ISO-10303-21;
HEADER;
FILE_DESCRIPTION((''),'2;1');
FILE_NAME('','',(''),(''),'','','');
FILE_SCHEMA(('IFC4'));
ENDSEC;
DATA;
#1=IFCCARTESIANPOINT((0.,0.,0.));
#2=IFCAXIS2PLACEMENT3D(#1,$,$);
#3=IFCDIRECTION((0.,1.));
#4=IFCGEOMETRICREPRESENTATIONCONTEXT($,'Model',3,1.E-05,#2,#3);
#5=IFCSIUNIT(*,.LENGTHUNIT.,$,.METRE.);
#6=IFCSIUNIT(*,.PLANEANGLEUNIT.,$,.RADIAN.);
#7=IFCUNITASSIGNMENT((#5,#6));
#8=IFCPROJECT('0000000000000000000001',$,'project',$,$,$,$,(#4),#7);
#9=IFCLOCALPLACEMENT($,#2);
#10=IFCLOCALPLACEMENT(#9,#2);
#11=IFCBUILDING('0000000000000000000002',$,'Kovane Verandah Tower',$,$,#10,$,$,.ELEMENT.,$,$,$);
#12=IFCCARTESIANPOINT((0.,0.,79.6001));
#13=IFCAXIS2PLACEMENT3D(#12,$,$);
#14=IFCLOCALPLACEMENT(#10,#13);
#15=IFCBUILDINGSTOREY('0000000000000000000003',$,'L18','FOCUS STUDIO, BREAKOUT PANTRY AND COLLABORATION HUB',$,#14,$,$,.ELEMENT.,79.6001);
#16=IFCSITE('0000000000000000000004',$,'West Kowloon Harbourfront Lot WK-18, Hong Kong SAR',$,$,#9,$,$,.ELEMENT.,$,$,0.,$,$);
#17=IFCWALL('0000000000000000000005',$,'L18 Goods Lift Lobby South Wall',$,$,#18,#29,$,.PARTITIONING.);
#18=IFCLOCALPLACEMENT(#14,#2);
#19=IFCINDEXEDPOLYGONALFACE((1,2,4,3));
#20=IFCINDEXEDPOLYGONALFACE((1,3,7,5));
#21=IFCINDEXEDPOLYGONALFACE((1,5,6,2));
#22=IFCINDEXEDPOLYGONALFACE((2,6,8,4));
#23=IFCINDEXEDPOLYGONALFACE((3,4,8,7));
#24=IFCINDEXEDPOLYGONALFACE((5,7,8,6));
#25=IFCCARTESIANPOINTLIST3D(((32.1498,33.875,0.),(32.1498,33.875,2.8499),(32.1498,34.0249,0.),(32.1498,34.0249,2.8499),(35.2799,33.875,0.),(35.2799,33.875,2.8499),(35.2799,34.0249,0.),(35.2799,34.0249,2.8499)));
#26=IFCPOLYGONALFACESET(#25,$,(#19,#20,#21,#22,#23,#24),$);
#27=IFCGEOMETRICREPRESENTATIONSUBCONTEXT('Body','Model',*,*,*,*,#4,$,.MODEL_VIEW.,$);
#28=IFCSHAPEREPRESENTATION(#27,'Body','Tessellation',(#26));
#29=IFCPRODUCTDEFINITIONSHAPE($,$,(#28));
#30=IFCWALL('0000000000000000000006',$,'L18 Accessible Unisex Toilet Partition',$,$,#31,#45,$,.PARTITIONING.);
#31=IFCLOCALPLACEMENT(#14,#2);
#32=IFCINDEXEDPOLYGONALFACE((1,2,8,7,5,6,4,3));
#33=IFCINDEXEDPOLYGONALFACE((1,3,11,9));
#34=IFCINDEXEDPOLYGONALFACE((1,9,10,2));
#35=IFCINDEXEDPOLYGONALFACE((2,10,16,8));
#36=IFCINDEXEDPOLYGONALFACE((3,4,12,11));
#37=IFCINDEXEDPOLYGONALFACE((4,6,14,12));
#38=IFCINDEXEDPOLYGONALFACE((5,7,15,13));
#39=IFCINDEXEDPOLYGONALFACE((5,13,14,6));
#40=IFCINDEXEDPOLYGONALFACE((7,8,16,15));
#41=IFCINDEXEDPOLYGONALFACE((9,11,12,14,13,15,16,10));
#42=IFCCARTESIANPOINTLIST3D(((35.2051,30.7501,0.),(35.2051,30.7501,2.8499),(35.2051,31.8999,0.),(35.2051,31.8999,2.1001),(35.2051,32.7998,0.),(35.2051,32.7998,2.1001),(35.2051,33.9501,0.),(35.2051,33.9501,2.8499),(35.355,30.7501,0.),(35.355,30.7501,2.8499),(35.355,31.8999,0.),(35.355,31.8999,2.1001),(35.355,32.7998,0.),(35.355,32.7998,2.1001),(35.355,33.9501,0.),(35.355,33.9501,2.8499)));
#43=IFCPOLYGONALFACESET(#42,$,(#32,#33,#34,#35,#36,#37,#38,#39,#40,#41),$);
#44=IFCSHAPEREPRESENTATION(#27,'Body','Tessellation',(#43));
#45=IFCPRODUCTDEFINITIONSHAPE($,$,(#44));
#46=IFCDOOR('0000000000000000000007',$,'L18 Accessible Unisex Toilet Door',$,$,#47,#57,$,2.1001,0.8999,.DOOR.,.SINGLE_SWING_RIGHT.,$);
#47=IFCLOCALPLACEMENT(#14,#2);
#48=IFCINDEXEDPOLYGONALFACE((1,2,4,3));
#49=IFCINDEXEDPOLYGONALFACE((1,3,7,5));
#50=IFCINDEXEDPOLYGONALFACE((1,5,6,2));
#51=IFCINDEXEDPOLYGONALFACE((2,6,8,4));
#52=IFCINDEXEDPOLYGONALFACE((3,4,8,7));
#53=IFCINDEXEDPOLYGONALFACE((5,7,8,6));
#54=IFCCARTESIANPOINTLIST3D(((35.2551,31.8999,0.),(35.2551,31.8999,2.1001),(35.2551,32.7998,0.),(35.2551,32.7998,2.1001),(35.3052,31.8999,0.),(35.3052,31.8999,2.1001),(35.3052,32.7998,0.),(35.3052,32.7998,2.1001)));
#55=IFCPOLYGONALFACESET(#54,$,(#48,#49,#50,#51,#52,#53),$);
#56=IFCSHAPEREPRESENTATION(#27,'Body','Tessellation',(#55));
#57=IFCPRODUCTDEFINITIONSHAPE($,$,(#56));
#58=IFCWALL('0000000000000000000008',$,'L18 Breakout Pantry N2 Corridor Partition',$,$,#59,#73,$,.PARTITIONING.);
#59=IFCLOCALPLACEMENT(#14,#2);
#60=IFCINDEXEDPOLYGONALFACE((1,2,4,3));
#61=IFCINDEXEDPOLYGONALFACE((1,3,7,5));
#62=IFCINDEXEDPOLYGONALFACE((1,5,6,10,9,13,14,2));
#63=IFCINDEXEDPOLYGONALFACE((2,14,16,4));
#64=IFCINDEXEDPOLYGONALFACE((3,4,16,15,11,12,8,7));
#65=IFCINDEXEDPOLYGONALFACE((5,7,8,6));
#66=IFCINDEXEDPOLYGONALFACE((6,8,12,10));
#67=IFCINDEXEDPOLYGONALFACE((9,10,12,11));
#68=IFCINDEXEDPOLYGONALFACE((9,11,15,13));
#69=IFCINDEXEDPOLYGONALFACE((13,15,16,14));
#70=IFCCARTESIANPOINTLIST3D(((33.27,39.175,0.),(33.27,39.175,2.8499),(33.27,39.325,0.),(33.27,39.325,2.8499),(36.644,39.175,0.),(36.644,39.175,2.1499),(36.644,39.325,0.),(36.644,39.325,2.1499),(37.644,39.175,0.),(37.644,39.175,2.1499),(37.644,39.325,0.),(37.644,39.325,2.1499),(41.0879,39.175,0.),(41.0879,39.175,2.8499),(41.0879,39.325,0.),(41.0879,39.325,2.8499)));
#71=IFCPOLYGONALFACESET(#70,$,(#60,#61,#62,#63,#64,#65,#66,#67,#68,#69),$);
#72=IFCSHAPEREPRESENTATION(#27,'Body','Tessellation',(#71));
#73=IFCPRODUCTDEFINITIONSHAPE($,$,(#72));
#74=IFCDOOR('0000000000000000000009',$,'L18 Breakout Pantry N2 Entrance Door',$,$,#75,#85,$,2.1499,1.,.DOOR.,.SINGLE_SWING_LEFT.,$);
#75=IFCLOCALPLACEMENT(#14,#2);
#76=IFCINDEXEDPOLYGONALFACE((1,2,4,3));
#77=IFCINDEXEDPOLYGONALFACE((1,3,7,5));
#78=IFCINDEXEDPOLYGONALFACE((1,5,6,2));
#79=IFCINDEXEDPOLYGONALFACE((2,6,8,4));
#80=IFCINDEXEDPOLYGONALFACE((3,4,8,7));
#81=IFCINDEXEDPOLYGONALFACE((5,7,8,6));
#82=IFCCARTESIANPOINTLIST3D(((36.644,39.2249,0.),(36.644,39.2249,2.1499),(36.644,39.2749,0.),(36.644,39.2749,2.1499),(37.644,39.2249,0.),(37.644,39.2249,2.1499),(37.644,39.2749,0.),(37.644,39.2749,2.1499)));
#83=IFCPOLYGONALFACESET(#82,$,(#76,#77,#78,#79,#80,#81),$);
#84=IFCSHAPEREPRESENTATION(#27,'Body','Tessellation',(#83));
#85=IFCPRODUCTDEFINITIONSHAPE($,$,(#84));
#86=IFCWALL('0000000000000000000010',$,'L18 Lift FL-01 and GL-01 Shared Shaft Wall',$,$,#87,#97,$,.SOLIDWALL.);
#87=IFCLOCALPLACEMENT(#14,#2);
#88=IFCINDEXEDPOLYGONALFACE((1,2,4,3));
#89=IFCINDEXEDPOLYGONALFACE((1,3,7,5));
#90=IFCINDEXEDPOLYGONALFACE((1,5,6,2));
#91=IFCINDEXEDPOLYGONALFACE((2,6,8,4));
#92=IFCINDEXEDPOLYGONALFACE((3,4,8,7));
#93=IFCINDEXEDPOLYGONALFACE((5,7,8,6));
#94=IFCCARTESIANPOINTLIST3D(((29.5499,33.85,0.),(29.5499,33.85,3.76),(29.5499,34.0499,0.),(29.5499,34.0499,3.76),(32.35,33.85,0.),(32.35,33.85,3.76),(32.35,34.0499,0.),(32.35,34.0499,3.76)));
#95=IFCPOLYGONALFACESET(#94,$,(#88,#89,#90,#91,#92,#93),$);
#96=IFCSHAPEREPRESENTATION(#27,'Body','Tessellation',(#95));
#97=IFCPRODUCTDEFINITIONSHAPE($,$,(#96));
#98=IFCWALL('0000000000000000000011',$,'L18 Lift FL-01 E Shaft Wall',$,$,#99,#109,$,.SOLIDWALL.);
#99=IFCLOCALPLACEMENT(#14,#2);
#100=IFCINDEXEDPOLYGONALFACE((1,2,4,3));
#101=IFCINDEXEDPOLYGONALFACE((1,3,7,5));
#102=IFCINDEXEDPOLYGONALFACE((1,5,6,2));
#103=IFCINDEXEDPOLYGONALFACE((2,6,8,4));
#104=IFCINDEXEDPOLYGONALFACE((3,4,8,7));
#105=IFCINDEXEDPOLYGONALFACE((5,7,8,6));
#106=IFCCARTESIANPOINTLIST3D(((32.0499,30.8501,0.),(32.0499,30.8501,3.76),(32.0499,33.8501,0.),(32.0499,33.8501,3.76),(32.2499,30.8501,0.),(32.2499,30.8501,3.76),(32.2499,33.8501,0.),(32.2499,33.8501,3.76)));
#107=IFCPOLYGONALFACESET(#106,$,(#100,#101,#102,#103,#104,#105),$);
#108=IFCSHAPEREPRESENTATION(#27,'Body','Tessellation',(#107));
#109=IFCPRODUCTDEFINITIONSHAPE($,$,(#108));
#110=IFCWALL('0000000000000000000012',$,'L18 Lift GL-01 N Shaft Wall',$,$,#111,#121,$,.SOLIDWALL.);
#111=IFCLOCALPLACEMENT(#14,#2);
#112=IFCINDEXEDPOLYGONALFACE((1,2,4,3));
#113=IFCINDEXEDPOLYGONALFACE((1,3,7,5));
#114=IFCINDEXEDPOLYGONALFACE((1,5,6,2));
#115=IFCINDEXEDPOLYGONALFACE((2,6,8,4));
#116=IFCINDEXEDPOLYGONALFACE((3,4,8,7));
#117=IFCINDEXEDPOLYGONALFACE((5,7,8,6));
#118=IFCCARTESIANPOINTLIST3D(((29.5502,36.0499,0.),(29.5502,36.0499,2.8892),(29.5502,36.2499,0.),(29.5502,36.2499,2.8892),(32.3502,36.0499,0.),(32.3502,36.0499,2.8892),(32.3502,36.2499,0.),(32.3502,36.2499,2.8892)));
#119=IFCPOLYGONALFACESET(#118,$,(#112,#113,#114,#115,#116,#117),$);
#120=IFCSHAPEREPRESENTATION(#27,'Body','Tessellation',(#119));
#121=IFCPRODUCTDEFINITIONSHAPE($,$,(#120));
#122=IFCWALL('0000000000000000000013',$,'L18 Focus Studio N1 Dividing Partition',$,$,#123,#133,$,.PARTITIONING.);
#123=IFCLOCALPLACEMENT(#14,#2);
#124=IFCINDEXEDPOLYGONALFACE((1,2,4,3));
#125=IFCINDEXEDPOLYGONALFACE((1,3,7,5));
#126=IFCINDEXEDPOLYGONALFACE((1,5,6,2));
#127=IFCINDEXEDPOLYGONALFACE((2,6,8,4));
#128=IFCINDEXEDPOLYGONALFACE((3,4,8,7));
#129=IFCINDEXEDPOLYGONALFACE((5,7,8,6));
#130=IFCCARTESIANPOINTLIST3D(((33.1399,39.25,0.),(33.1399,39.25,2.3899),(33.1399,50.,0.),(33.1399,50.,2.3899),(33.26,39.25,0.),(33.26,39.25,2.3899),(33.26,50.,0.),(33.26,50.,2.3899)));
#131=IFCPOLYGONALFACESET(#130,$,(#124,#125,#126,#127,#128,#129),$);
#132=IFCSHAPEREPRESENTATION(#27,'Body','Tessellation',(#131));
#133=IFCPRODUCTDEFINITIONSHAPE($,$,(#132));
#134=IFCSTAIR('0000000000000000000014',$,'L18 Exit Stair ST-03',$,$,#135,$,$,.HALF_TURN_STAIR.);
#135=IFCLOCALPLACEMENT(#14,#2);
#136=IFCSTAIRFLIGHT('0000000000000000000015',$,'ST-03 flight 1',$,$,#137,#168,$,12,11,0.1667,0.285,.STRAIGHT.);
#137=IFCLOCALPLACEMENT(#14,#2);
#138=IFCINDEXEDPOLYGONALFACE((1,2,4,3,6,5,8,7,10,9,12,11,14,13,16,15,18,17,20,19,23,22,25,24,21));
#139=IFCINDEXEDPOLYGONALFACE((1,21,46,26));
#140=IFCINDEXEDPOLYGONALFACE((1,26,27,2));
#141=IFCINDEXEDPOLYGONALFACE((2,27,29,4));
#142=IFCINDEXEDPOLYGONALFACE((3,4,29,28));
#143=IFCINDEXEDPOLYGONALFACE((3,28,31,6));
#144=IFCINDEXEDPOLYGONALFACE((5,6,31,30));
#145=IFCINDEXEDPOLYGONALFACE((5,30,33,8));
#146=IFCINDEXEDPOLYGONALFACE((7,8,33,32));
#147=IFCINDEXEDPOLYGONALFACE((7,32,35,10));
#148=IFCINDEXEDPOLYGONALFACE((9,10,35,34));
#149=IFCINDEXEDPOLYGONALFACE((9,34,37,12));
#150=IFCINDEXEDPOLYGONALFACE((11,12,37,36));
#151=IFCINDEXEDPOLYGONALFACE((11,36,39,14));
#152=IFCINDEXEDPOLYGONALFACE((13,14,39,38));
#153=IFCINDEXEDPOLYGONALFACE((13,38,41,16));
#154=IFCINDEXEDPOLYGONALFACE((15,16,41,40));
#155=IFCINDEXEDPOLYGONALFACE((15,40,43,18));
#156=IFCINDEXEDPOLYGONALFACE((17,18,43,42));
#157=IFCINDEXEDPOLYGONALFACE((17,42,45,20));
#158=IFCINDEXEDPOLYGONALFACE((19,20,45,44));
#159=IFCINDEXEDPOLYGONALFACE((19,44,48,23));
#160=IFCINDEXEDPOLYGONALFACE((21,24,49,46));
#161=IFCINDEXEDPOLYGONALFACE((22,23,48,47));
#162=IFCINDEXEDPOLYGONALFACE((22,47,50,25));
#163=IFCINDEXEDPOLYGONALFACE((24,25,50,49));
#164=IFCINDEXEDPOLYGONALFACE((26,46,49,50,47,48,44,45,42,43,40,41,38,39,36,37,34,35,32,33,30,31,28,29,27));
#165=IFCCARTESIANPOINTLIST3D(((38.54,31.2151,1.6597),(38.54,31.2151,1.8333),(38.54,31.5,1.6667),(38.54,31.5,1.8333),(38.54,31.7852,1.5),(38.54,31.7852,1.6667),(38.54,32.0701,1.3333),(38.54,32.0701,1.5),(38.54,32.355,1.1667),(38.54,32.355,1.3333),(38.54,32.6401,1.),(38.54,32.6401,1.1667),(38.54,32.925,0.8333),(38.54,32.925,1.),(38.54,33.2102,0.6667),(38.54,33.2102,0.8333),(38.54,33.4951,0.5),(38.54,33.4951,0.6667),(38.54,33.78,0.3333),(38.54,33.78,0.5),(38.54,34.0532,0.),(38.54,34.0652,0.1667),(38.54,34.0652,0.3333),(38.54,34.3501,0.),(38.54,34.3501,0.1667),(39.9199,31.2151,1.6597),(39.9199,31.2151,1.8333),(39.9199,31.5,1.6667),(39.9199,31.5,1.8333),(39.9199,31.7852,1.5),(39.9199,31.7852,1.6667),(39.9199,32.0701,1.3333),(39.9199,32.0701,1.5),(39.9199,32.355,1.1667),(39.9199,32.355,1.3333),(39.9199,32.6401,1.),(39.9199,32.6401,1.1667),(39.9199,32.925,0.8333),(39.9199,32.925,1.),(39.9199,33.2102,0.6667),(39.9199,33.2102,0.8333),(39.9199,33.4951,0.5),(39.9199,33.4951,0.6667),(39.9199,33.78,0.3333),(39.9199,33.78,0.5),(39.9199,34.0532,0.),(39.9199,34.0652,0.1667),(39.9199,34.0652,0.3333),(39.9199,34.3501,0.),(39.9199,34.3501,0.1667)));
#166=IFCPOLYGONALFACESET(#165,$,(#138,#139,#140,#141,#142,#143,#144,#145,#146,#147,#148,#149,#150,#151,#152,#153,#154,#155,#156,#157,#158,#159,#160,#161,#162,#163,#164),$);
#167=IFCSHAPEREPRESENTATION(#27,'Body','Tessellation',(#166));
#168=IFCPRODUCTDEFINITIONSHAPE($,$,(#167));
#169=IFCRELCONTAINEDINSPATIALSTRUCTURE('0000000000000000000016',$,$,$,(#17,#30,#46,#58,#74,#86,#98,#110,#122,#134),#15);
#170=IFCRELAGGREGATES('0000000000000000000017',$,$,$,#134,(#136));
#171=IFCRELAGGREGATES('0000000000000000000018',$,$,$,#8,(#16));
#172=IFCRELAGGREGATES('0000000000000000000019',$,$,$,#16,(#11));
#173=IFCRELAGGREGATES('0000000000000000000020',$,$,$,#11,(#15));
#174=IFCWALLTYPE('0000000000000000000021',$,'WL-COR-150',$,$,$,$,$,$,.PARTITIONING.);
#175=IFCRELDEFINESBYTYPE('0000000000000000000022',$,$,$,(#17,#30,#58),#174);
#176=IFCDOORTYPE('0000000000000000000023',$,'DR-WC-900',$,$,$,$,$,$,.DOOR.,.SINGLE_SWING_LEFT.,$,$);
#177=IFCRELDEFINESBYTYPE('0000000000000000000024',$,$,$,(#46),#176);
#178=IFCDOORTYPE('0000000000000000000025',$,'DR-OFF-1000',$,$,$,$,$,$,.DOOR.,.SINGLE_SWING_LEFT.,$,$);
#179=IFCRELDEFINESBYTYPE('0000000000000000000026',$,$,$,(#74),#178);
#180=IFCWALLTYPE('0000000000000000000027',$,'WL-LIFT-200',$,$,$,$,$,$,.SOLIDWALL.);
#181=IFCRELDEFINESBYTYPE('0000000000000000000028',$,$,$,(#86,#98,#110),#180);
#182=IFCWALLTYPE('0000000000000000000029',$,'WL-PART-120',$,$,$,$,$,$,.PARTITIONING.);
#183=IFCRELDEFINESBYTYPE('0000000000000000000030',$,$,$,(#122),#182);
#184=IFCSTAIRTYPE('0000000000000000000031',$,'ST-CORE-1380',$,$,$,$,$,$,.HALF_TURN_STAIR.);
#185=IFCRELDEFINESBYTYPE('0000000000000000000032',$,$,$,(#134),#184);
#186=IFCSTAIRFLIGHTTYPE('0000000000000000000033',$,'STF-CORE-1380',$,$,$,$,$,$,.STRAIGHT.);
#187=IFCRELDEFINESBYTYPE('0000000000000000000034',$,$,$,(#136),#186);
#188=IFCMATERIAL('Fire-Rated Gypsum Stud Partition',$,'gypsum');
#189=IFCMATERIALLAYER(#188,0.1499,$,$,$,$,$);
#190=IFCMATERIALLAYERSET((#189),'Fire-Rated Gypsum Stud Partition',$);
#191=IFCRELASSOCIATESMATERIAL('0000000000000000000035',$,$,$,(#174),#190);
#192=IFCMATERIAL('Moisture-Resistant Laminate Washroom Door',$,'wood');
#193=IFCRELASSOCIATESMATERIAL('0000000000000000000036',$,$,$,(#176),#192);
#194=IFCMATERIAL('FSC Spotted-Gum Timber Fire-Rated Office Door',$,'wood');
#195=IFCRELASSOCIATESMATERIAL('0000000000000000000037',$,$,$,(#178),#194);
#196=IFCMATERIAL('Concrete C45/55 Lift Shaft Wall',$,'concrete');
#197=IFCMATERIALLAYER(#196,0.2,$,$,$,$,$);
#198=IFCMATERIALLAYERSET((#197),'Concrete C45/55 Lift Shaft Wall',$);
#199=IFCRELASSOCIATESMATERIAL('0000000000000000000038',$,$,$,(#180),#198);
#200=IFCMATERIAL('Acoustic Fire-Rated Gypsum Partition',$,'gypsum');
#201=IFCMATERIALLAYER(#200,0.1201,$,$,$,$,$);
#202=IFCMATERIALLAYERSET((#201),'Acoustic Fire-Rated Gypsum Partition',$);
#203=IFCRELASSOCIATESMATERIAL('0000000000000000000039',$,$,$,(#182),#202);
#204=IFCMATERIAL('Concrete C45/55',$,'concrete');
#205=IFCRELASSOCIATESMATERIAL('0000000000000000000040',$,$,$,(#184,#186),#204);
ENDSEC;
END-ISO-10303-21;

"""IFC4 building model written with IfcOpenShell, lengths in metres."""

from ifc_helpers import new_model, si_unit, direction, frame, frame_2d, origin, place, context, subcontext, project, spatial, polyline, rectangle, outline, extrude, material, layer, layer_set, type_object, element, fill, aggregate, save


model = new_model("IFC4")

# Units and contexts
model_context = context("Model", 3, precision=1e-05, world=origin(), true_north=direction((0.0, 1.0)))
body_context = subcontext(model_context, "Body", "Model", "MODEL_VIEW")
ifc_project = project(units=[si_unit("LENGTHUNIT", "METRE"), si_unit("PLANEANGLEUNIT", "RADIAN")], contexts=[model_context])

# Site, building, storey
site_placement = place(None, origin())
site = spatial("IfcSite", under=ifc_project, at=site_placement, Name="West Kowloon Harbourfront Lot WK-18, Hong Kong SAR", CompositionType="ELEMENT", RefElevation=0.0)
building_placement = place(site_placement, origin())
building = spatial("IfcBuilding", under=site, at=building_placement, Name="Kovane Verandah Tower", CompositionType="ELEMENT")
storey_placement = place(building_placement, frame((0.0, 0.0, 79.6001)))
storey = spatial("IfcBuildingStorey", under=building, at=storey_placement, Name="L18", Description="FOCUS STUDIO, BREAKOUT PANTRY AND COLLABORATION HUB", CompositionType="ELEMENT", Elevation=79.6001)

# Wall
ifc_material_1 = material(Name="Fire-Rated Gypsum Stud Partition", Category="gypsum")
ifc_layer_1 = layer(ifc_material_1, 0.1499)
ifc_layer_set_1 = layer_set([ifc_layer_1], Name="Fire-Rated Gypsum Stud Partition")
wall_type_1 = type_object("IfcWallType", Name="WL-COR-150", PredefinedType="PARTITIONING", material=ifc_layer_set_1)
wall_1_placement = place(storey_placement, frame((32.1499, 33.95, 0.0), z_axis=(0.0, 0.0, 1.0), x_axis=(1.0, 0.0, 0.0)))
element("IfcWall", 1, at=wall_1_placement, inside=storey, type_object=wall_type_1, Name="L18 Goods Lift Lobby South Wall", PredefinedType="PARTITIONING", context=body_context, shape_type="SweptSolid", body=[
    extrude(rectangle(XDim=3.1301, YDim=0.1499, at=frame_2d((1.5649, 0.0))), origin(), (0.0, 0.0, 1.0), 2.8499),
])

# Walls, openings, doors
wall_2_placement = place(storey_placement, frame((35.28, 30.75, 0.0), z_axis=(0.0, 0.0, 1.0), x_axis=(0.0, 1.0, 0.0)))
wall_2 = element("IfcWall", 2, at=wall_2_placement, inside=storey, type_object=wall_type_1, Name="L18 Accessible Unisex Toilet Partition", PredefinedType="PARTITIONING", context=body_context, shape_type="SweptSolid", body=[
    extrude(rectangle(XDim=3.2, YDim=0.1499, at=frame_2d((1.6001, 0.0))), origin(), (0.0, 0.0, 1.0), 2.8499),
])
opening_1_placement = place(wall_2_placement, frame((1.1499, 0.0, 0.0)))
opening_1 = element("IfcOpeningElement", 3, at=opening_1_placement, cuts=wall_2, PredefinedType="OPENING", context=body_context, shape_type="SweptSolid", body=[
    extrude(rectangle(XDim=0.8999, YDim=2.1001, at=frame_2d((0.45, 1.05))), frame((0.0, 0.075, 0.0), z_axis=(0.0, -1.0, 0.0), x_axis=(1.0, 0.0, 0.0)), (0.0, 0.0, 1.0), 0.1499),
])
ifc_material_2 = material(Name="Moisture-Resistant Laminate Washroom Door", Category="wood")
door_type_1 = type_object("IfcDoorType", Name="DR-WC-900", OperationType="SINGLE_SWING_LEFT", PredefinedType="DOOR", material=ifc_material_2)
door_1_placement = place(opening_1_placement, origin())
door_1 = element("IfcDoor", 4, at=door_1_placement, inside=storey, type_object=door_type_1, Name="L18 Accessible Unisex Toilet Door", OperationType="SINGLE_SWING_RIGHT", OverallHeight=2.1001, OverallWidth=0.8999, PredefinedType="DOOR", context=body_context, shape_type="SweptSolid", body=[
    extrude(rectangle(XDim=0.8999, YDim=2.1001, at=frame_2d((0.45, 1.05))), frame((0.0, 0.0249, 0.0), z_axis=(0.0, -1.0, 0.0), x_axis=(1.0, 0.0, 0.0)), (0.0, 0.0, 1.0), 0.05),
])
fill(opening_1, door_1)
wall_3_placement = place(storey_placement, frame((33.27, 39.25, 0.0), z_axis=(0.0, 0.0, 1.0), x_axis=(1.0, 0.0, 0.0)))
wall_3 = element("IfcWall", 5, at=wall_3_placement, inside=storey, type_object=wall_type_1, Name="L18 Breakout Pantry N2 Corridor Partition", PredefinedType="PARTITIONING", context=body_context, shape_type="SweptSolid", body=[
    extrude(rectangle(XDim=7.8179, YDim=0.1499, at=frame_2d((3.9089, 0.0))), origin(), (0.0, 0.0, 1.0), 2.8499),
])
opening_2_placement = place(wall_3_placement, frame((3.374, 0.0, 0.0)))
opening_2 = element("IfcOpeningElement", 6, at=opening_2_placement, cuts=wall_3, PredefinedType="OPENING", context=body_context, shape_type="SweptSolid", body=[
    extrude(rectangle(XDim=1.0, YDim=2.1499, at=frame_2d((0.5, 1.075))), frame((0.0, 0.075, 0.0), z_axis=(0.0, -1.0, 0.0), x_axis=(1.0, 0.0, 0.0)), (0.0, 0.0, 1.0), 0.1499),
])
ifc_material_3 = material(Name="FSC Spotted-Gum Timber Fire-Rated Office Door", Category="wood")
door_type_2 = type_object("IfcDoorType", Name="DR-OFF-1000", OperationType="SINGLE_SWING_LEFT", PredefinedType="DOOR", material=ifc_material_3)
door_2_placement = place(opening_2_placement, origin())
door_2 = element("IfcDoor", 7, at=door_2_placement, inside=storey, type_object=door_type_2, Name="L18 Breakout Pantry N2 Entrance Door", OperationType="SINGLE_SWING_LEFT", OverallHeight=2.1499, OverallWidth=1.0, PredefinedType="DOOR", context=body_context, shape_type="SweptSolid", body=[
    extrude(rectangle(XDim=1.0, YDim=2.1499, at=frame_2d((0.5, 1.075))), frame((0.0, 0.0249, 0.0), z_axis=(0.0, -1.0, 0.0), x_axis=(1.0, 0.0, 0.0)), (0.0, 0.0, 1.0), 0.05),
])
fill(opening_2, door_2)
ifc_material_4 = material(Name="Concrete C45/55 Lift Shaft Wall", Category="concrete")
ifc_layer_2 = layer(ifc_material_4, 0.2)
ifc_layer_set_2 = layer_set([ifc_layer_2], Name="Concrete C45/55 Lift Shaft Wall")
wall_type_2 = type_object("IfcWallType", Name="WL-LIFT-200", PredefinedType="SOLIDWALL", material=ifc_layer_set_2)

# Walls
wall_4_placement = place(storey_placement, frame((29.55, 33.95, 0.0), z_axis=(0.0, 0.0, 1.0), x_axis=(1.0, 0.0, 0.0)))
element("IfcWall", 8, at=wall_4_placement, inside=storey, type_object=wall_type_2, Name="L18 Lift FL-01 and GL-01 Shared Shaft Wall", PredefinedType="SOLIDWALL", context=body_context, shape_type="SweptSolid", body=[
    extrude(rectangle(XDim=2.8, YDim=0.2, at=frame_2d((1.3999, 0.0))), origin(), (0.0, 0.0, 1.0), 3.76),
])
wall_5_placement = place(storey_placement, frame((32.1499, 30.8501, 0.0), z_axis=(0.0, 0.0, 1.0), x_axis=(0.0, 1.0, 0.0)))
element("IfcWall", 9, at=wall_5_placement, inside=storey, type_object=wall_type_2, Name="L18 Lift FL-01 E Shaft Wall", PredefinedType="SOLIDWALL", context=body_context, shape_type="SweptSolid", body=[
    extrude(rectangle(XDim=3.0, YDim=0.2, at=frame_2d((1.5, 0.0))), origin(), (0.0, 0.0, 1.0), 3.76),
])
wall_6_placement = place(storey_placement, frame((32.3501, 36.1499, 0.0), z_axis=(0.0, 0.0, 1.0), x_axis=(-1.0, 0.0, 0.0)))
element("IfcWall", 10, at=wall_6_placement, inside=storey, type_object=wall_type_2, Name="L18 Lift GL-01 N Shaft Wall", PredefinedType="SOLIDWALL", context=body_context, shape_type="SweptSolid", body=[
    extrude(rectangle(XDim=2.8, YDim=0.2, at=frame_2d((1.3999, 0.0))), origin(), (0.0, 0.0, 1.0), 2.8892),
])

# Wall
ifc_material_5 = material(Name="Acoustic Fire-Rated Gypsum Partition", Category="gypsum")
ifc_layer_3 = layer(ifc_material_5, 0.1201)
ifc_layer_set_3 = layer_set([ifc_layer_3], Name="Acoustic Fire-Rated Gypsum Partition")
wall_type_3 = type_object("IfcWallType", Name="WL-PART-120", PredefinedType="PARTITIONING", material=ifc_layer_set_3)
wall_7_placement = place(storey_placement, frame((33.2, 39.25, 0.0), z_axis=(0.0, 0.0, 1.0), x_axis=(0.0, 1.0, 0.0)))
element("IfcWall", 11, at=wall_7_placement, inside=storey, type_object=wall_type_3, Name="L18 Focus Studio N1 Dividing Partition", PredefinedType="PARTITIONING", context=body_context, shape_type="SweptSolid", body=[
    extrude(rectangle(XDim=10.75, YDim=0.1201, at=frame_2d((5.375, 0.0))), origin(), (0.0, 0.0, 1.0), 2.3899),
])

# Stair, stair flight
ifc_material_6 = material(Name="Concrete C45/55", Category="concrete")
stair_type = type_object("IfcStairType", Name="ST-CORE-1380", PredefinedType="HALF_TURN_STAIR", material=ifc_material_6)
stair_placement = place(storey_placement, origin())
stair = element("IfcStair", 12, at=stair_placement, inside=storey, type_object=stair_type, Name="L18 Exit Stair ST-03", PredefinedType="HALF_TURN_STAIR")
stair_flight_type = type_object("IfcStairFlightType", Name="STF-CORE-1380", PredefinedType="STRAIGHT", material=ifc_material_6)
stair_flight_placement = place(storey_placement, frame((39.23, 34.3501, 0.0), z_axis=(0.0, 0.0, 1.0), x_axis=(0.0, -1.0, 0.0)))
stair_flight = element("IfcStairFlight", 13, at=stair_flight_placement, type_object=stair_flight_type, Name="ST-03 flight 1", NumberOfRisers=12, NumberOfTreads=11, PredefinedType="STRAIGHT", RiserHeight=0.1667, TreadLength=0.285, context=body_context, shape_type="SweptSolid", body=[
    extrude(outline(polyline([(0.0, 0.0), (0.0, 0.1667), (0.2849, 0.1667), (0.2849, 0.3333), (0.5701, 0.3333), (0.5701, 0.5), (0.855, 0.5), (0.855, 0.6667), (1.1399, 0.6667), (1.1399, 0.8333), (1.425, 0.8333), (1.425, 1.0), (1.71, 1.0), (1.71, 1.1667), (1.9951, 1.1667), (1.9951, 1.3333), (2.28, 1.3333), (2.28, 1.5), (2.5649, 1.5), (2.5649, 1.6667), (2.8501, 1.6667), (2.8501, 1.8333), (3.135, 1.8333), (3.135, 2.0), (3.135, 1.6597), (0.2969, 0.0), (0.0, 0.0)])), frame((0.0, 0.6899, 0.0), z_axis=(0.0, -1.0, 0.0), x_axis=(1.0, 0.0, 0.0)), (0.0, 0.0, 1.0), 1.3799),
])
aggregate(stair, [stair_flight])

save(model, "model.ifc")
